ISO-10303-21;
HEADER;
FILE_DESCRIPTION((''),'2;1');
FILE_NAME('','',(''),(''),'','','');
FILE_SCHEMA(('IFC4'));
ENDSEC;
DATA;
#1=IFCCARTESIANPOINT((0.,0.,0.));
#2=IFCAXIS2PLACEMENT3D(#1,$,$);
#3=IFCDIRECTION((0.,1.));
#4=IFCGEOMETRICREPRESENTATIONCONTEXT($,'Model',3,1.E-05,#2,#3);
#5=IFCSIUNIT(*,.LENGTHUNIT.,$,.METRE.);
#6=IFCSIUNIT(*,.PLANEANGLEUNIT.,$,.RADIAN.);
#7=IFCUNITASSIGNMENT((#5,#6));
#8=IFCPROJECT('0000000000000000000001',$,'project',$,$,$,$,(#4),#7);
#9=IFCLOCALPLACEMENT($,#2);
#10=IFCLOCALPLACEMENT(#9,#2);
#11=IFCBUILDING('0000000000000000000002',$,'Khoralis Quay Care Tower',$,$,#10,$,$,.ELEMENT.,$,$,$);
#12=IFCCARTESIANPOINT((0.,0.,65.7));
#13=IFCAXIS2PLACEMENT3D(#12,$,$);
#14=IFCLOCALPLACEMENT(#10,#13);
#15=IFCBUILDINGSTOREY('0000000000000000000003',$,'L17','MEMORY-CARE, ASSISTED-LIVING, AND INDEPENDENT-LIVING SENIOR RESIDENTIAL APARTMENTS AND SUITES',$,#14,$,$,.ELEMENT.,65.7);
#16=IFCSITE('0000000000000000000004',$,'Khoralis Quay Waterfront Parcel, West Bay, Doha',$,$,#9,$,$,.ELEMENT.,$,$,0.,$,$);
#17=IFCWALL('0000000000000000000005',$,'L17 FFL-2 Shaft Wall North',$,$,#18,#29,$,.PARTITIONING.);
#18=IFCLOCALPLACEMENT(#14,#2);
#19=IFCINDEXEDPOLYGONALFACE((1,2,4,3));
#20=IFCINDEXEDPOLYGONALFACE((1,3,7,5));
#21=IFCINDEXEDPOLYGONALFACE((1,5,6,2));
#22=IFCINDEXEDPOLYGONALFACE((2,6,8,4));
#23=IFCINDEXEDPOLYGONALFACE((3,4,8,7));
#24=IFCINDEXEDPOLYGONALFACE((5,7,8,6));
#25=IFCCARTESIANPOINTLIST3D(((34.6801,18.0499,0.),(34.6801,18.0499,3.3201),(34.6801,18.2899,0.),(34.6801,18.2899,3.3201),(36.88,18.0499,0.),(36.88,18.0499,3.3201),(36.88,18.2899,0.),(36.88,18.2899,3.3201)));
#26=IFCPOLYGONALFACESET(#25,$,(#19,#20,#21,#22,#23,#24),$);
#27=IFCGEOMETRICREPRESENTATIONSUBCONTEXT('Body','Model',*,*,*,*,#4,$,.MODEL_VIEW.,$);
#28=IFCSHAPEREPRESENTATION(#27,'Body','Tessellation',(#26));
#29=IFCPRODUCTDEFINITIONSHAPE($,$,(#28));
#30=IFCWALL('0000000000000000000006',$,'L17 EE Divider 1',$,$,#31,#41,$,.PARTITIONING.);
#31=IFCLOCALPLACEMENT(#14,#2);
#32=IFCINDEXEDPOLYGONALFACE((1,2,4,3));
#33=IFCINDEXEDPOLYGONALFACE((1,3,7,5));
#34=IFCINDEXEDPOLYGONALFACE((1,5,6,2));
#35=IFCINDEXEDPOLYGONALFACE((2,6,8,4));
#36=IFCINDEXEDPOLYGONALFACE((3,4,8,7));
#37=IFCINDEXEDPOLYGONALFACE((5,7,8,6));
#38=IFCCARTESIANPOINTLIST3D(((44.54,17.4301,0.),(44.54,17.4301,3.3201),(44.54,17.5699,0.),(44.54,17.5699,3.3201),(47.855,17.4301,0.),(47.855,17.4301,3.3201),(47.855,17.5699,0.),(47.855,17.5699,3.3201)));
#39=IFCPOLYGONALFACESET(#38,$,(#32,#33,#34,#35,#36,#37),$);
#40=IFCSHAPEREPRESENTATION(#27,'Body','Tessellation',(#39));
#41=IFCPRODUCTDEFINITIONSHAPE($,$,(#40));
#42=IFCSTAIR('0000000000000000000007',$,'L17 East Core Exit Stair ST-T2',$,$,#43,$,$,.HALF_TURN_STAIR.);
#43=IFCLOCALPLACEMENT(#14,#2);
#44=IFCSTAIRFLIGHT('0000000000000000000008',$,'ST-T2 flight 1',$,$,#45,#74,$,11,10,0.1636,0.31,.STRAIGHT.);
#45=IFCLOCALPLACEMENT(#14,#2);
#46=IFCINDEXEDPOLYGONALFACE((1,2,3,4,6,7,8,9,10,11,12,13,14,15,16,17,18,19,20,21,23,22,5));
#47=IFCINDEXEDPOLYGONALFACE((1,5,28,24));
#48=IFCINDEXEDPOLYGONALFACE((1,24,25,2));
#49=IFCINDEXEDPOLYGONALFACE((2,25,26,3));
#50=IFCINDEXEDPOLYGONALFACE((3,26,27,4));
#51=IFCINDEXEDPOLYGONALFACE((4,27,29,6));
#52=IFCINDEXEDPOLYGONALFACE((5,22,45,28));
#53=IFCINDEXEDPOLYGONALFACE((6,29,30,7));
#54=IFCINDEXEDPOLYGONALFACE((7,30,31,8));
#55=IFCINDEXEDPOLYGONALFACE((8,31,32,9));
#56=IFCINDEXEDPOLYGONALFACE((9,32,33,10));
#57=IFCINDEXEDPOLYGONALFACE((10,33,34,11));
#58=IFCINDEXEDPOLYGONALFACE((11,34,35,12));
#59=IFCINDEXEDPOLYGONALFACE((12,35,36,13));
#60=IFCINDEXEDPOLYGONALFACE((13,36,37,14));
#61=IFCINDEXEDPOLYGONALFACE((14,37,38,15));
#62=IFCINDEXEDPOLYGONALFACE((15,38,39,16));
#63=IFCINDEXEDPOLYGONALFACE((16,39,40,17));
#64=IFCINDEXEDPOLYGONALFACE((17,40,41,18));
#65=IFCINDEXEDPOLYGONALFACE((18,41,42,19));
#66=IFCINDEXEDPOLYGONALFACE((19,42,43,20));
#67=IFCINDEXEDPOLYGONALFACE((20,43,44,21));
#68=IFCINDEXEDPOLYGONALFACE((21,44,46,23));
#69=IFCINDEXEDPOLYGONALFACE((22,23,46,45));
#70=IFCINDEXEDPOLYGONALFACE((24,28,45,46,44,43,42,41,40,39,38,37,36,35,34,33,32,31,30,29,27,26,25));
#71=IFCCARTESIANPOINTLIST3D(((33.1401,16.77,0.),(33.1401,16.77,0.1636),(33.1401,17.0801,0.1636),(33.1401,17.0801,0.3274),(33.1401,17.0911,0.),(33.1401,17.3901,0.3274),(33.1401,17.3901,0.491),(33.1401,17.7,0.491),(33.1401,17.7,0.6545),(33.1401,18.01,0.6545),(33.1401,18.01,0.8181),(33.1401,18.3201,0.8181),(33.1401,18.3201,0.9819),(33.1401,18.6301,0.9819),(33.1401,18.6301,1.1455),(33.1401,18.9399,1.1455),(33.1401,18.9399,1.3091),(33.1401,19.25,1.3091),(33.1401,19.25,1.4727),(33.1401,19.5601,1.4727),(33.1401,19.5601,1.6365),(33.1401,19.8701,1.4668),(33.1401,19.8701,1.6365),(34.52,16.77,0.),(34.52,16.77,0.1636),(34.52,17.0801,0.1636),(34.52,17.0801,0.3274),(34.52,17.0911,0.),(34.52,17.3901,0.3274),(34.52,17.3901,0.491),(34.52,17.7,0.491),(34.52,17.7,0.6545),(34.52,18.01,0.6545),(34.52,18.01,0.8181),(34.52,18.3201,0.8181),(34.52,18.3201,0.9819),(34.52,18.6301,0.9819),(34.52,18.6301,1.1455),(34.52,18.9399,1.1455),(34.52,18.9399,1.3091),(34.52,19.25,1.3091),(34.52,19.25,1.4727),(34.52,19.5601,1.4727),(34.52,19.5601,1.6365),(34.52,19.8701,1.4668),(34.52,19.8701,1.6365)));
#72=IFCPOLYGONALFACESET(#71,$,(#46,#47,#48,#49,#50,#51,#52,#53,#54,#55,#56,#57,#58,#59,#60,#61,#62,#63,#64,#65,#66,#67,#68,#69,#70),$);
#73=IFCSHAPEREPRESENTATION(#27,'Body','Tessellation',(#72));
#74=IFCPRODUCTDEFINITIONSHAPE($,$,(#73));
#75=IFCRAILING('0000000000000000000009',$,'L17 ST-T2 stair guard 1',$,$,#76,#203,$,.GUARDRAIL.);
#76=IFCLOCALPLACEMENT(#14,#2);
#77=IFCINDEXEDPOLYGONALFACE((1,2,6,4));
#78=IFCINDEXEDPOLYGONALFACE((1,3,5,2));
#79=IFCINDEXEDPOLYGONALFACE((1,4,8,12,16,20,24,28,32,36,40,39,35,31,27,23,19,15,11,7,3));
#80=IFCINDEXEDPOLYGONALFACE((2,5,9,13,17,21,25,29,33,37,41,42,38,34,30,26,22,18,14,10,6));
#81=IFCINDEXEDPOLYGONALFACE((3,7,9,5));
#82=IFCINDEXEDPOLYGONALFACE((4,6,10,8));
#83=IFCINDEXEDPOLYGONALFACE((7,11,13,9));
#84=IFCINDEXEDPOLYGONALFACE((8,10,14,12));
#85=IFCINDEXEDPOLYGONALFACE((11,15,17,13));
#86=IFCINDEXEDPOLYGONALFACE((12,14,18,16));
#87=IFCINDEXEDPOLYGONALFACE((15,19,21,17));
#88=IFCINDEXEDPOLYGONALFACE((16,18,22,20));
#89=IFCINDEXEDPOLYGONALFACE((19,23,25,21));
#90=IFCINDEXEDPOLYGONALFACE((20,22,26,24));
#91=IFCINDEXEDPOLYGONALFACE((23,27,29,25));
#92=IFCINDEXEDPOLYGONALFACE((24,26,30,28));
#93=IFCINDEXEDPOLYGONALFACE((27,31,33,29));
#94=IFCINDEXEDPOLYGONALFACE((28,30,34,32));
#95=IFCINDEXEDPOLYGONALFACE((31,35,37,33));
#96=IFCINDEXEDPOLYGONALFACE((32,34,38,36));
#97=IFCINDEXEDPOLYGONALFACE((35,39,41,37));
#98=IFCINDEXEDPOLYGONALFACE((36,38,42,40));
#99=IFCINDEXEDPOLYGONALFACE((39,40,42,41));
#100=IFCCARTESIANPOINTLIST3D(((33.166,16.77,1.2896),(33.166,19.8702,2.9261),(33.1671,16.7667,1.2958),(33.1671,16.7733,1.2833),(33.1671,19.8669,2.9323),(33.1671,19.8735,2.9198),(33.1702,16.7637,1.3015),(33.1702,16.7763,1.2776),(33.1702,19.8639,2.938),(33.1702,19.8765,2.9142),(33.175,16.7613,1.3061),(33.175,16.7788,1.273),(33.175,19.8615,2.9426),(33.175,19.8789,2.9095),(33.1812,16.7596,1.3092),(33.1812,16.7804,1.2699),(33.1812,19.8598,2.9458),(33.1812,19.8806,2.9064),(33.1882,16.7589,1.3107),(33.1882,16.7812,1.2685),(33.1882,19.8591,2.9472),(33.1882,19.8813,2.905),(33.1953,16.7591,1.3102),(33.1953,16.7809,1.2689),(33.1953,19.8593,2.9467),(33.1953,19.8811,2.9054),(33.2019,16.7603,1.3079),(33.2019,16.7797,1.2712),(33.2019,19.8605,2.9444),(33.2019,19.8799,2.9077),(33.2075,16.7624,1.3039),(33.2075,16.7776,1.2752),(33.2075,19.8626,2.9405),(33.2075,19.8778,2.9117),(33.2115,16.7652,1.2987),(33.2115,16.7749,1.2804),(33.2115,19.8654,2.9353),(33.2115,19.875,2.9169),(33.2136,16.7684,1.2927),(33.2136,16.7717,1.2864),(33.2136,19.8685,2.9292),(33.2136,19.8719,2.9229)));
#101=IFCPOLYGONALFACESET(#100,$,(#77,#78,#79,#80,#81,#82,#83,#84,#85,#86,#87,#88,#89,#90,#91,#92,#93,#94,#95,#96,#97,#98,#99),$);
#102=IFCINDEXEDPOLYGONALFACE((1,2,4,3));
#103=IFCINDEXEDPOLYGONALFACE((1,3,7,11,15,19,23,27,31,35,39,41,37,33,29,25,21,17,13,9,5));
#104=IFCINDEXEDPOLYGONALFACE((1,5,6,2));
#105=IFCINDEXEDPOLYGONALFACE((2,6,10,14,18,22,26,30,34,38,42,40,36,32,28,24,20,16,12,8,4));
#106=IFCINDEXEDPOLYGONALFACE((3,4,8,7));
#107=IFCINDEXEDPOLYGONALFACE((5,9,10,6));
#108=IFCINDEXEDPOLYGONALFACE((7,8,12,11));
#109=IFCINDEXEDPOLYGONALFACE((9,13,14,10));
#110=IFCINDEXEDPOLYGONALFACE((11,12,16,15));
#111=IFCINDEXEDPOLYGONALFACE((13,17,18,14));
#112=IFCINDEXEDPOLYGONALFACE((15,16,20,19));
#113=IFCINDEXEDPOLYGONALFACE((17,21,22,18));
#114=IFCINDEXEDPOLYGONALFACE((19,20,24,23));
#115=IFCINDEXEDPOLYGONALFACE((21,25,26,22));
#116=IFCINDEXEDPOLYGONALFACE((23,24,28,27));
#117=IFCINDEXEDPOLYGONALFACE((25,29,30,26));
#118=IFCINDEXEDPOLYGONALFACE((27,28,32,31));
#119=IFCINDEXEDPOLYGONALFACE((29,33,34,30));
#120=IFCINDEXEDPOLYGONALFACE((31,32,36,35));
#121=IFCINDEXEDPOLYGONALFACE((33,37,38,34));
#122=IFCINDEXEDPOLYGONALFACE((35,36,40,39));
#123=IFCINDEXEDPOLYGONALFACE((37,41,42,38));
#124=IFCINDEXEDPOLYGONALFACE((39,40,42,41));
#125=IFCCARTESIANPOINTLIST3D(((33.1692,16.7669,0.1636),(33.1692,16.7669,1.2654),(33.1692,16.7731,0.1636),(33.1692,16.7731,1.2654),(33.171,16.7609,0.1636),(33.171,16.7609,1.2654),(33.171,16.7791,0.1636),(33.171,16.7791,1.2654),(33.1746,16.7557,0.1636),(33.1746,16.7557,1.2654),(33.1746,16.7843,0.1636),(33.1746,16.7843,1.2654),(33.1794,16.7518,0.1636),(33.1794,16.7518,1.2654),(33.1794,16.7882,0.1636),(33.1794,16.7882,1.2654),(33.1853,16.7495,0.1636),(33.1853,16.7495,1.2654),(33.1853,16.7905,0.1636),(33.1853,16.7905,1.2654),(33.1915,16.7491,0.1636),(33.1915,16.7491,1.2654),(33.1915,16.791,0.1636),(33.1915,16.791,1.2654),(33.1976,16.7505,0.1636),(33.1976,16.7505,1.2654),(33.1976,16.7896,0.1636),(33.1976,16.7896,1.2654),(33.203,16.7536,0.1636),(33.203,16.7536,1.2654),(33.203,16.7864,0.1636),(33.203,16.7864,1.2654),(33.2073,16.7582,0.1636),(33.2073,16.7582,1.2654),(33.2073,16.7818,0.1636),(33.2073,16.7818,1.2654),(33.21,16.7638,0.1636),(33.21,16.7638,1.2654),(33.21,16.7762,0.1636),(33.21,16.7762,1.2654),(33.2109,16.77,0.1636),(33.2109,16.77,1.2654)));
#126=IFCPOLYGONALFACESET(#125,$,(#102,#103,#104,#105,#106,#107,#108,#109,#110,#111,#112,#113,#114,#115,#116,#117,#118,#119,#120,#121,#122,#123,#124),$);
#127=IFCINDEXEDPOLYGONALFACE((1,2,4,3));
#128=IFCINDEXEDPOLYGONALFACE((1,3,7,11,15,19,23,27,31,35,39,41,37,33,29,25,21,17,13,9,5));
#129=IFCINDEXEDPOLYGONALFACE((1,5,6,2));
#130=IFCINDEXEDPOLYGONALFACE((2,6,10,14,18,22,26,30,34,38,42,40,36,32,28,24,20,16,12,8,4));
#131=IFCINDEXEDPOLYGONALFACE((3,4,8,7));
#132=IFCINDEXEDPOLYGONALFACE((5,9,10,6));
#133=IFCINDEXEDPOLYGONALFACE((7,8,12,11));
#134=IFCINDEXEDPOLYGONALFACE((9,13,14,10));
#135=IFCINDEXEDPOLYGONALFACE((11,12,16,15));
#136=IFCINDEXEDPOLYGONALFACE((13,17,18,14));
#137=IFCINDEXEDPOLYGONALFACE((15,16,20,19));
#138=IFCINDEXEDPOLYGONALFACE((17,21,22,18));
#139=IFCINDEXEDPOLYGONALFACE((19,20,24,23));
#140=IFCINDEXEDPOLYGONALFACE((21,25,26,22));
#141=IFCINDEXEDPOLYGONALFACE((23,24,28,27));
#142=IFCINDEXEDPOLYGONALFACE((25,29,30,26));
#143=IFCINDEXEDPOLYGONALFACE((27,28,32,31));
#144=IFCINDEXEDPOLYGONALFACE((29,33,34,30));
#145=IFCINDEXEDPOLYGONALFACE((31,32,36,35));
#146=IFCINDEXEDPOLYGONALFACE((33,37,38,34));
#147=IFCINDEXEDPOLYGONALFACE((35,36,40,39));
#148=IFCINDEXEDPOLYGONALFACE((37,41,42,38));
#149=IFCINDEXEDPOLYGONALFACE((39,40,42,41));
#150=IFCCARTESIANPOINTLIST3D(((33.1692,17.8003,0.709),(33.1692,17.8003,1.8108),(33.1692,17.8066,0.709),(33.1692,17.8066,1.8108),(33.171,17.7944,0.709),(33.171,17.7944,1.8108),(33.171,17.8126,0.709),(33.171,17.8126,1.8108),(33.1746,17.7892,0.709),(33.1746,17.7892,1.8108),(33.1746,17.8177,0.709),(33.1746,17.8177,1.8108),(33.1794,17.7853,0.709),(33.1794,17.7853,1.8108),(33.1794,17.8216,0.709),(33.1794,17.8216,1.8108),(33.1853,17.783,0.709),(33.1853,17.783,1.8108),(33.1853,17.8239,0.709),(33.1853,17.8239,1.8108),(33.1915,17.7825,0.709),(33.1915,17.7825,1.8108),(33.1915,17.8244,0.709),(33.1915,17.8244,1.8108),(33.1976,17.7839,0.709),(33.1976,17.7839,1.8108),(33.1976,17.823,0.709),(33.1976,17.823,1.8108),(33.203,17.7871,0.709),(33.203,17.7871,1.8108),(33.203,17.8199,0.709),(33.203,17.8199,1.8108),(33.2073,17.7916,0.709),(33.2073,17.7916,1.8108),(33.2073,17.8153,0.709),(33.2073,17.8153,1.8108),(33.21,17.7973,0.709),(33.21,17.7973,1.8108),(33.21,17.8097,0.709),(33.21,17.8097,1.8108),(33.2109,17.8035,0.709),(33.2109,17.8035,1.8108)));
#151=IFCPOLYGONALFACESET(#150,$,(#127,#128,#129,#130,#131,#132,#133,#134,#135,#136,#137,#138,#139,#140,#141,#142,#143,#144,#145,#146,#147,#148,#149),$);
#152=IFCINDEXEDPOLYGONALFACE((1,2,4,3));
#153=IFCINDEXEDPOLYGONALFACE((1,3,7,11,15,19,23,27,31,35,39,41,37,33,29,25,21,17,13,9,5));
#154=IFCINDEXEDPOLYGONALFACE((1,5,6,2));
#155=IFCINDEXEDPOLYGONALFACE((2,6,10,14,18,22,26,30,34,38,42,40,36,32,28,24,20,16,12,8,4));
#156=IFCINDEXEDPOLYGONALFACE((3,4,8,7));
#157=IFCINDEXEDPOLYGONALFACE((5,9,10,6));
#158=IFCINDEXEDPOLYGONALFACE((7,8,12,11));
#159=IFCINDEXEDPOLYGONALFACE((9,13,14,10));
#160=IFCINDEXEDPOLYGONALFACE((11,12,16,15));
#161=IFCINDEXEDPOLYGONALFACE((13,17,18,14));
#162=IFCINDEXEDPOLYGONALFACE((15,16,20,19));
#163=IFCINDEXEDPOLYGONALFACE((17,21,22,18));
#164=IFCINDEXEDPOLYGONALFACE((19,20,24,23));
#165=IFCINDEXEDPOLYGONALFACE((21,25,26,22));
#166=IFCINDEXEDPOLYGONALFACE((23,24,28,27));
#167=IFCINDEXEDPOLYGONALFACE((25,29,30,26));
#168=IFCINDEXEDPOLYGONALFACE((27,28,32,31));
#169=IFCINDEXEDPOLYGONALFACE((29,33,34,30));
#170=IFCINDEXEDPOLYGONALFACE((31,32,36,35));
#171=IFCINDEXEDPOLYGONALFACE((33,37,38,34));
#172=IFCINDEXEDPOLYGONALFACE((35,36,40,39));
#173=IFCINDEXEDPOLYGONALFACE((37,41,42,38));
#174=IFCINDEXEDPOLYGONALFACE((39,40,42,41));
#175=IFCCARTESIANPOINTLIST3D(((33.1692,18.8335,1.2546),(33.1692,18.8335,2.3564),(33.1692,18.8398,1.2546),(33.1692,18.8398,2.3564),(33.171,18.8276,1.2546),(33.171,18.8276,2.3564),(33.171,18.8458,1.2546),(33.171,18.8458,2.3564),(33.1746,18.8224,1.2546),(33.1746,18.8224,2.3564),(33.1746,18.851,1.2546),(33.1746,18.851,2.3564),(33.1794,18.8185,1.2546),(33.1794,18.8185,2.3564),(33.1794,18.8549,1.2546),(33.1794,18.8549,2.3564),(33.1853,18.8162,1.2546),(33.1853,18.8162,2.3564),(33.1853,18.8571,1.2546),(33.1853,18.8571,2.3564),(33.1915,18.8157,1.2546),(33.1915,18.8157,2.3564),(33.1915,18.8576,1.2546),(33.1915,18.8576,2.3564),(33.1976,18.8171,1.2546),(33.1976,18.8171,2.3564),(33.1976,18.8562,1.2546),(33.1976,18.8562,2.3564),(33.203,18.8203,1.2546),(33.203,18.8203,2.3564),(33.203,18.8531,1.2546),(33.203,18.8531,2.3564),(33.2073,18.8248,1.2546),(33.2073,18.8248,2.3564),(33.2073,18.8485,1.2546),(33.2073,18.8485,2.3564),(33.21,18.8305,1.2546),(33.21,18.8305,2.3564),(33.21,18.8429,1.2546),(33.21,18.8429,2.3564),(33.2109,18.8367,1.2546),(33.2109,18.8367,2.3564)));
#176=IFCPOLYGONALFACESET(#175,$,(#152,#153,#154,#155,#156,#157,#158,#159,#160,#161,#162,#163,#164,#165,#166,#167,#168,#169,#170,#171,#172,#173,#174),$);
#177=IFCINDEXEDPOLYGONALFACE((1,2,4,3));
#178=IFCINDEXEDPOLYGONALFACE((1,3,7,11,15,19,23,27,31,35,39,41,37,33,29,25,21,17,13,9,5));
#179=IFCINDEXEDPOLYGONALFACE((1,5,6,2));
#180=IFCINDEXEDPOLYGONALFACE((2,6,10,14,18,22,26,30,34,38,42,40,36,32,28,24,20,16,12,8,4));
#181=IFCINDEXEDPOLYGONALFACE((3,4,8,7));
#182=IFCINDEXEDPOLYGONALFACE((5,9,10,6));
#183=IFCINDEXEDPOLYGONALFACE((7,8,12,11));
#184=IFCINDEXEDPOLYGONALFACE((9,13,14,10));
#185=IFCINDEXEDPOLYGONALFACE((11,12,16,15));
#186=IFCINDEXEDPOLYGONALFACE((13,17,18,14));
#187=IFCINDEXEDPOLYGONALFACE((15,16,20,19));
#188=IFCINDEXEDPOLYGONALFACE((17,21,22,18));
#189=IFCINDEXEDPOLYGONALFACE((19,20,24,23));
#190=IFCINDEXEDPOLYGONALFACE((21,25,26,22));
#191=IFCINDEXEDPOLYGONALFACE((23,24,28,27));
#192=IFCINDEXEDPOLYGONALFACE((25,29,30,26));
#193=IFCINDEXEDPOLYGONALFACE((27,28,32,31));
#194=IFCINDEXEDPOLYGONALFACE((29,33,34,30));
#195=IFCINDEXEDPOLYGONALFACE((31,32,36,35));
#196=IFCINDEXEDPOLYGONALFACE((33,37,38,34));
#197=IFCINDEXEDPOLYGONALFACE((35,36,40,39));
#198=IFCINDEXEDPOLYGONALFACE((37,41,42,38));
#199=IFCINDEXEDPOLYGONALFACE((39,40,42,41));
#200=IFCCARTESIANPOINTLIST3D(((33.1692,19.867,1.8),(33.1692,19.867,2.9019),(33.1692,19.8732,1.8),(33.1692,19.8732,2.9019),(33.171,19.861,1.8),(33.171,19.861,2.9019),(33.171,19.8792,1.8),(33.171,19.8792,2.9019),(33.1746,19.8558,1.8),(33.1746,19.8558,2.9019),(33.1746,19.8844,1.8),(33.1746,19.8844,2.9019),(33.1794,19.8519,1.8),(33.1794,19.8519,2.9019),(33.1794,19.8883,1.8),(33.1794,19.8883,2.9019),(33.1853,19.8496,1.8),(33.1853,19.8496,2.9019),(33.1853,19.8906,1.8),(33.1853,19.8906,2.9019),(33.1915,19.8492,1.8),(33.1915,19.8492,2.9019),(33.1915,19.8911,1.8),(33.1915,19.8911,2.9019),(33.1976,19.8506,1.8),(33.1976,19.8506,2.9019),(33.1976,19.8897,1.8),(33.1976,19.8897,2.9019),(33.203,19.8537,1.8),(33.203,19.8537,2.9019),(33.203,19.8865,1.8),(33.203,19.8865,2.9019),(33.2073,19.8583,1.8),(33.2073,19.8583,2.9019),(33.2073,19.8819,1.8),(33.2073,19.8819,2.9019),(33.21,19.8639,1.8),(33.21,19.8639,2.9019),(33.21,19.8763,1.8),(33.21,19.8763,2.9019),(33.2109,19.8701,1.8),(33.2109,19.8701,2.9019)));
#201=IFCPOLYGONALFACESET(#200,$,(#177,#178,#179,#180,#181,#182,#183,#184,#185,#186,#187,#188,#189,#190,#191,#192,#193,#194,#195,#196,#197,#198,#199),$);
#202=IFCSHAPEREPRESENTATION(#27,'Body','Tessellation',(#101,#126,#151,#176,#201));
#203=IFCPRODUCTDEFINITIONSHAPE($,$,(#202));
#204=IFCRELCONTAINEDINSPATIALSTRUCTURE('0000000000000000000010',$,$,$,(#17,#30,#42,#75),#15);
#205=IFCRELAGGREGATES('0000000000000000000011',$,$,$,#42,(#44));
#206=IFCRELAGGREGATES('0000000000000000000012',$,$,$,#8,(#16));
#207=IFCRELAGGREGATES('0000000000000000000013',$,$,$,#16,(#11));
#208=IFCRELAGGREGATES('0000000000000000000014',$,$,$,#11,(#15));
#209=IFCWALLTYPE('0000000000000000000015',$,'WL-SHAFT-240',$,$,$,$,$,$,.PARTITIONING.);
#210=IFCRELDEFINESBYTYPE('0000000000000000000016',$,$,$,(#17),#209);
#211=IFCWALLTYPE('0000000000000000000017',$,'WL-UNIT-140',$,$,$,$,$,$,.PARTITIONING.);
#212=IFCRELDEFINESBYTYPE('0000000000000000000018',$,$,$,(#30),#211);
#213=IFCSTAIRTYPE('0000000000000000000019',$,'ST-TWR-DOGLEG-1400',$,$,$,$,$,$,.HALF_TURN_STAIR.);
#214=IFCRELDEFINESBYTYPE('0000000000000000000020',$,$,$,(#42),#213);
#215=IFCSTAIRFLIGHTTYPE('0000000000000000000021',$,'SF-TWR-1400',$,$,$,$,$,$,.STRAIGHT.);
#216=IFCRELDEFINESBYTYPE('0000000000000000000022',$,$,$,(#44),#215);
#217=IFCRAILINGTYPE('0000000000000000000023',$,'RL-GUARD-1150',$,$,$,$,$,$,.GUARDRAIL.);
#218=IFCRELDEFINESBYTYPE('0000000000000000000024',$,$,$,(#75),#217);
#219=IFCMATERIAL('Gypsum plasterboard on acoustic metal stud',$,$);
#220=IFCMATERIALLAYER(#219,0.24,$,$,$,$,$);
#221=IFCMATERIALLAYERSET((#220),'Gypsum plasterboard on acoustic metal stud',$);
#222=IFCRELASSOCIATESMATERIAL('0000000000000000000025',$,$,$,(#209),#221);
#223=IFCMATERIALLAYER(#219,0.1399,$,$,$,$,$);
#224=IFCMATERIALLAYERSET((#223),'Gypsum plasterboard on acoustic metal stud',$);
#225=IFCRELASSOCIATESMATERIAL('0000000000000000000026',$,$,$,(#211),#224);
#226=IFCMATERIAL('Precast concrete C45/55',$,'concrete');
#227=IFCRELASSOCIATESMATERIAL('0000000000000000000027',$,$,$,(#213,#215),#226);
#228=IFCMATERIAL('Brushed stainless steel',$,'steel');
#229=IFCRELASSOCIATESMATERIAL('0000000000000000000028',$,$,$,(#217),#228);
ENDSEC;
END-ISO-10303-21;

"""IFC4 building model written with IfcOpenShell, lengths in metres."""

from ifc_helpers import new_model, si_unit, direction, frame, frame_2d, origin, origin_2d, place, context, subcontext, project, spatial, polyline, rectangle, circle, outline, extrude, source, transform, mapped, material, layer, layer_set, type_object, element, aggregate, save


model = new_model("IFC4")

# Units and contexts
model_context = context("Model", 3, precision=1e-05, world=origin(), true_north=direction((0.0, 1.0)))
body_context = subcontext(model_context, "Body", "Model", "MODEL_VIEW")
ifc_project = project(units=[si_unit("LENGTHUNIT", "METRE"), si_unit("PLANEANGLEUNIT", "RADIAN")], contexts=[model_context])

# Site, building, storey
site_placement = place(None, origin())
site = spatial("IfcSite", under=ifc_project, at=site_placement, Name="Khoralis Quay Waterfront Parcel, West Bay, Doha", CompositionType="ELEMENT", RefElevation=0.0)
building_placement = place(site_placement, origin())
building = spatial("IfcBuilding", under=site, at=building_placement, Name="Khoralis Quay Care Tower", CompositionType="ELEMENT")
storey_placement = place(building_placement, frame((0.0, 0.0, 65.7)))
storey = spatial("IfcBuildingStorey", under=building, at=storey_placement, Name="L17", Description="MEMORY-CARE, ASSISTED-LIVING, AND INDEPENDENT-LIVING SENIOR RESIDENTIAL APARTMENTS AND SUITES", CompositionType="ELEMENT", Elevation=65.7)

# Walls
ifc_material_1 = material(Name="Gypsum plasterboard on acoustic metal stud")
ifc_layer_1 = layer(ifc_material_1, 0.24)
ifc_layer_set_1 = layer_set([ifc_layer_1], Name="Gypsum plasterboard on acoustic metal stud")
wall_type_1 = type_object("IfcWallType", Name="WL-SHAFT-240", PredefinedType="PARTITIONING", material=ifc_layer_set_1)
wall_1_placement = place(storey_placement, frame((34.6799, 18.1699, 0.0), z_axis=(0.0, 0.0, 1.0), x_axis=(1.0, 0.0, 0.0)))
element("IfcWall", 1, at=wall_1_placement, inside=storey, type_object=wall_type_1, Name="L17 FFL-2 Shaft Wall North", PredefinedType="PARTITIONING", context=body_context, shape_type="SweptSolid", body=[
    extrude(rectangle(XDim=2.2, YDim=0.24, at=frame_2d((1.1001, 0.0))), origin(), (0.0, 0.0, 1.0), 3.3201),
])
ifc_layer_2 = layer(ifc_material_1, 0.1399)
ifc_layer_set_2 = layer_set([ifc_layer_2], Name="Gypsum plasterboard on acoustic metal stud")
wall_type_2 = type_object("IfcWallType", Name="WL-UNIT-140", PredefinedType="PARTITIONING", material=ifc_layer_set_2)
wall_2_placement = place(storey_placement, frame((44.54, 17.5, 0.0), z_axis=(0.0, 0.0, 1.0), x_axis=(1.0, 0.0, 0.0)))
element("IfcWall", 2, at=wall_2_placement, inside=storey, type_object=wall_type_2, Name="L17 EE Divider 1", PredefinedType="PARTITIONING", context=body_context, shape_type="SweptSolid", body=[
    extrude(rectangle(XDim=3.3149, YDim=0.1399, at=frame_2d((1.6575, 0.0))), origin(), (0.0, 0.0, 1.0), 3.3201),
])

# Stair, stair flight
ifc_material_2 = material(Name="Precast concrete C45/55", Category="concrete")
stair_type = type_object("IfcStairType", Name="ST-TWR-DOGLEG-1400", PredefinedType="HALF_TURN_STAIR", material=ifc_material_2)
stair_placement = place(storey_placement, origin())
stair = element("IfcStair", 3, at=stair_placement, inside=storey, type_object=stair_type, Name="L17 East Core Exit Stair ST-T2", PredefinedType="HALF_TURN_STAIR")
stair_flight_type = type_object("IfcStairFlightType", Name="SF-TWR-1400", PredefinedType="STRAIGHT", material=ifc_material_2)
shared_shape_1 = source(origin(), body_context, "Body", "SweptSolid", [
    extrude(outline(polyline([(0.0, 0.0), (0.0, 0.1636), (0.3101, 0.1636), (0.3101, 0.3274), (0.6201, 0.3274), (0.6201, 0.491), (0.9299, 0.491), (0.9299, 0.6545), (1.24, 0.6545), (1.24, 0.8181), (1.55, 0.8181), (1.55, 0.9819), (1.8601, 0.9819), (1.8601, 1.1455), (2.1699, 1.1455), (2.1699, 1.3091), (2.48, 1.3091), (2.48, 1.4727), (2.79, 1.4727), (2.79, 1.6365), (3.1001, 1.6365), (3.1001, 1.8), (3.1001, 1.4668), (0.321, 0.0), (0.0, 0.0)])), frame((0.0, 0.6899, 0.0), z_axis=(0.0, -1.0, 0.0), x_axis=(1.0, 0.0, 0.0)), (0.0, 0.0, 1.0), 1.3799),
])
stair_flight_placement = place(storey_placement, frame((33.8301, 16.77, 0.0), z_axis=(0.0, 0.0, 1.0), x_axis=(0.0, 1.0, 0.0)))
stair_flight = element("IfcStairFlight", 4, at=stair_flight_placement, type_object=stair_flight_type, Name="ST-T2 flight 1", NumberOfRisers=11, NumberOfTreads=10, PredefinedType="STRAIGHT", RiserHeight=0.1636, TreadLength=0.31, context=body_context, shape_type="MappedRepresentation", body=[
    mapped(shared_shape_1, transform((0.0, 0.0, 0.0), scale=1.0)),
])
aggregate(stair, [stair_flight])

# Railing
ifc_material_3 = material(Name="Brushed stainless steel", Category="steel")
railing_type_1 = type_object("IfcRailingType", Name="RL-GUARD-1150", PredefinedType="GUARDRAIL", material=ifc_material_3)
railing_1_placement = place(storey_placement, frame((33.1899, 16.77, 0.1636)))
element("IfcRailing", 5, at=railing_1_placement, inside=storey, type_object=railing_type_1, Name="L17 ST-T2 stair guard 1", PredefinedType="GUARDRAIL", context=body_context, shape_type="SweptSolid", body=[
    extrude(circle(Radius=0.0239, at=origin_2d()), frame((0.0, 0.0, 1.126), z_axis=(0.0, 0.884348, 0.466828), x_axis=(-1.0, 0.0, 0.0)), (0.0, 0.0, 1.0), 3.5056),
    extrude(circle(Radius=0.021, at=origin_2d()), origin(), (0.0, 0.0, 1.0), 1.1018),
    extrude(circle(Radius=0.021, at=origin_2d()), frame((0.0, 1.0334, 0.5454)), (0.0, 0.0, 1.0), 1.1018),
    extrude(circle(Radius=0.021, at=origin_2d()), frame((0.0, 2.0667, 1.0911)), (0.0, 0.0, 1.0), 1.1018),
    extrude(circle(Radius=0.021, at=origin_2d()), frame((0.0, 3.1001, 1.6365)), (0.0, 0.0, 1.0), 1.1018),
])

save(model, "model.ifc")
